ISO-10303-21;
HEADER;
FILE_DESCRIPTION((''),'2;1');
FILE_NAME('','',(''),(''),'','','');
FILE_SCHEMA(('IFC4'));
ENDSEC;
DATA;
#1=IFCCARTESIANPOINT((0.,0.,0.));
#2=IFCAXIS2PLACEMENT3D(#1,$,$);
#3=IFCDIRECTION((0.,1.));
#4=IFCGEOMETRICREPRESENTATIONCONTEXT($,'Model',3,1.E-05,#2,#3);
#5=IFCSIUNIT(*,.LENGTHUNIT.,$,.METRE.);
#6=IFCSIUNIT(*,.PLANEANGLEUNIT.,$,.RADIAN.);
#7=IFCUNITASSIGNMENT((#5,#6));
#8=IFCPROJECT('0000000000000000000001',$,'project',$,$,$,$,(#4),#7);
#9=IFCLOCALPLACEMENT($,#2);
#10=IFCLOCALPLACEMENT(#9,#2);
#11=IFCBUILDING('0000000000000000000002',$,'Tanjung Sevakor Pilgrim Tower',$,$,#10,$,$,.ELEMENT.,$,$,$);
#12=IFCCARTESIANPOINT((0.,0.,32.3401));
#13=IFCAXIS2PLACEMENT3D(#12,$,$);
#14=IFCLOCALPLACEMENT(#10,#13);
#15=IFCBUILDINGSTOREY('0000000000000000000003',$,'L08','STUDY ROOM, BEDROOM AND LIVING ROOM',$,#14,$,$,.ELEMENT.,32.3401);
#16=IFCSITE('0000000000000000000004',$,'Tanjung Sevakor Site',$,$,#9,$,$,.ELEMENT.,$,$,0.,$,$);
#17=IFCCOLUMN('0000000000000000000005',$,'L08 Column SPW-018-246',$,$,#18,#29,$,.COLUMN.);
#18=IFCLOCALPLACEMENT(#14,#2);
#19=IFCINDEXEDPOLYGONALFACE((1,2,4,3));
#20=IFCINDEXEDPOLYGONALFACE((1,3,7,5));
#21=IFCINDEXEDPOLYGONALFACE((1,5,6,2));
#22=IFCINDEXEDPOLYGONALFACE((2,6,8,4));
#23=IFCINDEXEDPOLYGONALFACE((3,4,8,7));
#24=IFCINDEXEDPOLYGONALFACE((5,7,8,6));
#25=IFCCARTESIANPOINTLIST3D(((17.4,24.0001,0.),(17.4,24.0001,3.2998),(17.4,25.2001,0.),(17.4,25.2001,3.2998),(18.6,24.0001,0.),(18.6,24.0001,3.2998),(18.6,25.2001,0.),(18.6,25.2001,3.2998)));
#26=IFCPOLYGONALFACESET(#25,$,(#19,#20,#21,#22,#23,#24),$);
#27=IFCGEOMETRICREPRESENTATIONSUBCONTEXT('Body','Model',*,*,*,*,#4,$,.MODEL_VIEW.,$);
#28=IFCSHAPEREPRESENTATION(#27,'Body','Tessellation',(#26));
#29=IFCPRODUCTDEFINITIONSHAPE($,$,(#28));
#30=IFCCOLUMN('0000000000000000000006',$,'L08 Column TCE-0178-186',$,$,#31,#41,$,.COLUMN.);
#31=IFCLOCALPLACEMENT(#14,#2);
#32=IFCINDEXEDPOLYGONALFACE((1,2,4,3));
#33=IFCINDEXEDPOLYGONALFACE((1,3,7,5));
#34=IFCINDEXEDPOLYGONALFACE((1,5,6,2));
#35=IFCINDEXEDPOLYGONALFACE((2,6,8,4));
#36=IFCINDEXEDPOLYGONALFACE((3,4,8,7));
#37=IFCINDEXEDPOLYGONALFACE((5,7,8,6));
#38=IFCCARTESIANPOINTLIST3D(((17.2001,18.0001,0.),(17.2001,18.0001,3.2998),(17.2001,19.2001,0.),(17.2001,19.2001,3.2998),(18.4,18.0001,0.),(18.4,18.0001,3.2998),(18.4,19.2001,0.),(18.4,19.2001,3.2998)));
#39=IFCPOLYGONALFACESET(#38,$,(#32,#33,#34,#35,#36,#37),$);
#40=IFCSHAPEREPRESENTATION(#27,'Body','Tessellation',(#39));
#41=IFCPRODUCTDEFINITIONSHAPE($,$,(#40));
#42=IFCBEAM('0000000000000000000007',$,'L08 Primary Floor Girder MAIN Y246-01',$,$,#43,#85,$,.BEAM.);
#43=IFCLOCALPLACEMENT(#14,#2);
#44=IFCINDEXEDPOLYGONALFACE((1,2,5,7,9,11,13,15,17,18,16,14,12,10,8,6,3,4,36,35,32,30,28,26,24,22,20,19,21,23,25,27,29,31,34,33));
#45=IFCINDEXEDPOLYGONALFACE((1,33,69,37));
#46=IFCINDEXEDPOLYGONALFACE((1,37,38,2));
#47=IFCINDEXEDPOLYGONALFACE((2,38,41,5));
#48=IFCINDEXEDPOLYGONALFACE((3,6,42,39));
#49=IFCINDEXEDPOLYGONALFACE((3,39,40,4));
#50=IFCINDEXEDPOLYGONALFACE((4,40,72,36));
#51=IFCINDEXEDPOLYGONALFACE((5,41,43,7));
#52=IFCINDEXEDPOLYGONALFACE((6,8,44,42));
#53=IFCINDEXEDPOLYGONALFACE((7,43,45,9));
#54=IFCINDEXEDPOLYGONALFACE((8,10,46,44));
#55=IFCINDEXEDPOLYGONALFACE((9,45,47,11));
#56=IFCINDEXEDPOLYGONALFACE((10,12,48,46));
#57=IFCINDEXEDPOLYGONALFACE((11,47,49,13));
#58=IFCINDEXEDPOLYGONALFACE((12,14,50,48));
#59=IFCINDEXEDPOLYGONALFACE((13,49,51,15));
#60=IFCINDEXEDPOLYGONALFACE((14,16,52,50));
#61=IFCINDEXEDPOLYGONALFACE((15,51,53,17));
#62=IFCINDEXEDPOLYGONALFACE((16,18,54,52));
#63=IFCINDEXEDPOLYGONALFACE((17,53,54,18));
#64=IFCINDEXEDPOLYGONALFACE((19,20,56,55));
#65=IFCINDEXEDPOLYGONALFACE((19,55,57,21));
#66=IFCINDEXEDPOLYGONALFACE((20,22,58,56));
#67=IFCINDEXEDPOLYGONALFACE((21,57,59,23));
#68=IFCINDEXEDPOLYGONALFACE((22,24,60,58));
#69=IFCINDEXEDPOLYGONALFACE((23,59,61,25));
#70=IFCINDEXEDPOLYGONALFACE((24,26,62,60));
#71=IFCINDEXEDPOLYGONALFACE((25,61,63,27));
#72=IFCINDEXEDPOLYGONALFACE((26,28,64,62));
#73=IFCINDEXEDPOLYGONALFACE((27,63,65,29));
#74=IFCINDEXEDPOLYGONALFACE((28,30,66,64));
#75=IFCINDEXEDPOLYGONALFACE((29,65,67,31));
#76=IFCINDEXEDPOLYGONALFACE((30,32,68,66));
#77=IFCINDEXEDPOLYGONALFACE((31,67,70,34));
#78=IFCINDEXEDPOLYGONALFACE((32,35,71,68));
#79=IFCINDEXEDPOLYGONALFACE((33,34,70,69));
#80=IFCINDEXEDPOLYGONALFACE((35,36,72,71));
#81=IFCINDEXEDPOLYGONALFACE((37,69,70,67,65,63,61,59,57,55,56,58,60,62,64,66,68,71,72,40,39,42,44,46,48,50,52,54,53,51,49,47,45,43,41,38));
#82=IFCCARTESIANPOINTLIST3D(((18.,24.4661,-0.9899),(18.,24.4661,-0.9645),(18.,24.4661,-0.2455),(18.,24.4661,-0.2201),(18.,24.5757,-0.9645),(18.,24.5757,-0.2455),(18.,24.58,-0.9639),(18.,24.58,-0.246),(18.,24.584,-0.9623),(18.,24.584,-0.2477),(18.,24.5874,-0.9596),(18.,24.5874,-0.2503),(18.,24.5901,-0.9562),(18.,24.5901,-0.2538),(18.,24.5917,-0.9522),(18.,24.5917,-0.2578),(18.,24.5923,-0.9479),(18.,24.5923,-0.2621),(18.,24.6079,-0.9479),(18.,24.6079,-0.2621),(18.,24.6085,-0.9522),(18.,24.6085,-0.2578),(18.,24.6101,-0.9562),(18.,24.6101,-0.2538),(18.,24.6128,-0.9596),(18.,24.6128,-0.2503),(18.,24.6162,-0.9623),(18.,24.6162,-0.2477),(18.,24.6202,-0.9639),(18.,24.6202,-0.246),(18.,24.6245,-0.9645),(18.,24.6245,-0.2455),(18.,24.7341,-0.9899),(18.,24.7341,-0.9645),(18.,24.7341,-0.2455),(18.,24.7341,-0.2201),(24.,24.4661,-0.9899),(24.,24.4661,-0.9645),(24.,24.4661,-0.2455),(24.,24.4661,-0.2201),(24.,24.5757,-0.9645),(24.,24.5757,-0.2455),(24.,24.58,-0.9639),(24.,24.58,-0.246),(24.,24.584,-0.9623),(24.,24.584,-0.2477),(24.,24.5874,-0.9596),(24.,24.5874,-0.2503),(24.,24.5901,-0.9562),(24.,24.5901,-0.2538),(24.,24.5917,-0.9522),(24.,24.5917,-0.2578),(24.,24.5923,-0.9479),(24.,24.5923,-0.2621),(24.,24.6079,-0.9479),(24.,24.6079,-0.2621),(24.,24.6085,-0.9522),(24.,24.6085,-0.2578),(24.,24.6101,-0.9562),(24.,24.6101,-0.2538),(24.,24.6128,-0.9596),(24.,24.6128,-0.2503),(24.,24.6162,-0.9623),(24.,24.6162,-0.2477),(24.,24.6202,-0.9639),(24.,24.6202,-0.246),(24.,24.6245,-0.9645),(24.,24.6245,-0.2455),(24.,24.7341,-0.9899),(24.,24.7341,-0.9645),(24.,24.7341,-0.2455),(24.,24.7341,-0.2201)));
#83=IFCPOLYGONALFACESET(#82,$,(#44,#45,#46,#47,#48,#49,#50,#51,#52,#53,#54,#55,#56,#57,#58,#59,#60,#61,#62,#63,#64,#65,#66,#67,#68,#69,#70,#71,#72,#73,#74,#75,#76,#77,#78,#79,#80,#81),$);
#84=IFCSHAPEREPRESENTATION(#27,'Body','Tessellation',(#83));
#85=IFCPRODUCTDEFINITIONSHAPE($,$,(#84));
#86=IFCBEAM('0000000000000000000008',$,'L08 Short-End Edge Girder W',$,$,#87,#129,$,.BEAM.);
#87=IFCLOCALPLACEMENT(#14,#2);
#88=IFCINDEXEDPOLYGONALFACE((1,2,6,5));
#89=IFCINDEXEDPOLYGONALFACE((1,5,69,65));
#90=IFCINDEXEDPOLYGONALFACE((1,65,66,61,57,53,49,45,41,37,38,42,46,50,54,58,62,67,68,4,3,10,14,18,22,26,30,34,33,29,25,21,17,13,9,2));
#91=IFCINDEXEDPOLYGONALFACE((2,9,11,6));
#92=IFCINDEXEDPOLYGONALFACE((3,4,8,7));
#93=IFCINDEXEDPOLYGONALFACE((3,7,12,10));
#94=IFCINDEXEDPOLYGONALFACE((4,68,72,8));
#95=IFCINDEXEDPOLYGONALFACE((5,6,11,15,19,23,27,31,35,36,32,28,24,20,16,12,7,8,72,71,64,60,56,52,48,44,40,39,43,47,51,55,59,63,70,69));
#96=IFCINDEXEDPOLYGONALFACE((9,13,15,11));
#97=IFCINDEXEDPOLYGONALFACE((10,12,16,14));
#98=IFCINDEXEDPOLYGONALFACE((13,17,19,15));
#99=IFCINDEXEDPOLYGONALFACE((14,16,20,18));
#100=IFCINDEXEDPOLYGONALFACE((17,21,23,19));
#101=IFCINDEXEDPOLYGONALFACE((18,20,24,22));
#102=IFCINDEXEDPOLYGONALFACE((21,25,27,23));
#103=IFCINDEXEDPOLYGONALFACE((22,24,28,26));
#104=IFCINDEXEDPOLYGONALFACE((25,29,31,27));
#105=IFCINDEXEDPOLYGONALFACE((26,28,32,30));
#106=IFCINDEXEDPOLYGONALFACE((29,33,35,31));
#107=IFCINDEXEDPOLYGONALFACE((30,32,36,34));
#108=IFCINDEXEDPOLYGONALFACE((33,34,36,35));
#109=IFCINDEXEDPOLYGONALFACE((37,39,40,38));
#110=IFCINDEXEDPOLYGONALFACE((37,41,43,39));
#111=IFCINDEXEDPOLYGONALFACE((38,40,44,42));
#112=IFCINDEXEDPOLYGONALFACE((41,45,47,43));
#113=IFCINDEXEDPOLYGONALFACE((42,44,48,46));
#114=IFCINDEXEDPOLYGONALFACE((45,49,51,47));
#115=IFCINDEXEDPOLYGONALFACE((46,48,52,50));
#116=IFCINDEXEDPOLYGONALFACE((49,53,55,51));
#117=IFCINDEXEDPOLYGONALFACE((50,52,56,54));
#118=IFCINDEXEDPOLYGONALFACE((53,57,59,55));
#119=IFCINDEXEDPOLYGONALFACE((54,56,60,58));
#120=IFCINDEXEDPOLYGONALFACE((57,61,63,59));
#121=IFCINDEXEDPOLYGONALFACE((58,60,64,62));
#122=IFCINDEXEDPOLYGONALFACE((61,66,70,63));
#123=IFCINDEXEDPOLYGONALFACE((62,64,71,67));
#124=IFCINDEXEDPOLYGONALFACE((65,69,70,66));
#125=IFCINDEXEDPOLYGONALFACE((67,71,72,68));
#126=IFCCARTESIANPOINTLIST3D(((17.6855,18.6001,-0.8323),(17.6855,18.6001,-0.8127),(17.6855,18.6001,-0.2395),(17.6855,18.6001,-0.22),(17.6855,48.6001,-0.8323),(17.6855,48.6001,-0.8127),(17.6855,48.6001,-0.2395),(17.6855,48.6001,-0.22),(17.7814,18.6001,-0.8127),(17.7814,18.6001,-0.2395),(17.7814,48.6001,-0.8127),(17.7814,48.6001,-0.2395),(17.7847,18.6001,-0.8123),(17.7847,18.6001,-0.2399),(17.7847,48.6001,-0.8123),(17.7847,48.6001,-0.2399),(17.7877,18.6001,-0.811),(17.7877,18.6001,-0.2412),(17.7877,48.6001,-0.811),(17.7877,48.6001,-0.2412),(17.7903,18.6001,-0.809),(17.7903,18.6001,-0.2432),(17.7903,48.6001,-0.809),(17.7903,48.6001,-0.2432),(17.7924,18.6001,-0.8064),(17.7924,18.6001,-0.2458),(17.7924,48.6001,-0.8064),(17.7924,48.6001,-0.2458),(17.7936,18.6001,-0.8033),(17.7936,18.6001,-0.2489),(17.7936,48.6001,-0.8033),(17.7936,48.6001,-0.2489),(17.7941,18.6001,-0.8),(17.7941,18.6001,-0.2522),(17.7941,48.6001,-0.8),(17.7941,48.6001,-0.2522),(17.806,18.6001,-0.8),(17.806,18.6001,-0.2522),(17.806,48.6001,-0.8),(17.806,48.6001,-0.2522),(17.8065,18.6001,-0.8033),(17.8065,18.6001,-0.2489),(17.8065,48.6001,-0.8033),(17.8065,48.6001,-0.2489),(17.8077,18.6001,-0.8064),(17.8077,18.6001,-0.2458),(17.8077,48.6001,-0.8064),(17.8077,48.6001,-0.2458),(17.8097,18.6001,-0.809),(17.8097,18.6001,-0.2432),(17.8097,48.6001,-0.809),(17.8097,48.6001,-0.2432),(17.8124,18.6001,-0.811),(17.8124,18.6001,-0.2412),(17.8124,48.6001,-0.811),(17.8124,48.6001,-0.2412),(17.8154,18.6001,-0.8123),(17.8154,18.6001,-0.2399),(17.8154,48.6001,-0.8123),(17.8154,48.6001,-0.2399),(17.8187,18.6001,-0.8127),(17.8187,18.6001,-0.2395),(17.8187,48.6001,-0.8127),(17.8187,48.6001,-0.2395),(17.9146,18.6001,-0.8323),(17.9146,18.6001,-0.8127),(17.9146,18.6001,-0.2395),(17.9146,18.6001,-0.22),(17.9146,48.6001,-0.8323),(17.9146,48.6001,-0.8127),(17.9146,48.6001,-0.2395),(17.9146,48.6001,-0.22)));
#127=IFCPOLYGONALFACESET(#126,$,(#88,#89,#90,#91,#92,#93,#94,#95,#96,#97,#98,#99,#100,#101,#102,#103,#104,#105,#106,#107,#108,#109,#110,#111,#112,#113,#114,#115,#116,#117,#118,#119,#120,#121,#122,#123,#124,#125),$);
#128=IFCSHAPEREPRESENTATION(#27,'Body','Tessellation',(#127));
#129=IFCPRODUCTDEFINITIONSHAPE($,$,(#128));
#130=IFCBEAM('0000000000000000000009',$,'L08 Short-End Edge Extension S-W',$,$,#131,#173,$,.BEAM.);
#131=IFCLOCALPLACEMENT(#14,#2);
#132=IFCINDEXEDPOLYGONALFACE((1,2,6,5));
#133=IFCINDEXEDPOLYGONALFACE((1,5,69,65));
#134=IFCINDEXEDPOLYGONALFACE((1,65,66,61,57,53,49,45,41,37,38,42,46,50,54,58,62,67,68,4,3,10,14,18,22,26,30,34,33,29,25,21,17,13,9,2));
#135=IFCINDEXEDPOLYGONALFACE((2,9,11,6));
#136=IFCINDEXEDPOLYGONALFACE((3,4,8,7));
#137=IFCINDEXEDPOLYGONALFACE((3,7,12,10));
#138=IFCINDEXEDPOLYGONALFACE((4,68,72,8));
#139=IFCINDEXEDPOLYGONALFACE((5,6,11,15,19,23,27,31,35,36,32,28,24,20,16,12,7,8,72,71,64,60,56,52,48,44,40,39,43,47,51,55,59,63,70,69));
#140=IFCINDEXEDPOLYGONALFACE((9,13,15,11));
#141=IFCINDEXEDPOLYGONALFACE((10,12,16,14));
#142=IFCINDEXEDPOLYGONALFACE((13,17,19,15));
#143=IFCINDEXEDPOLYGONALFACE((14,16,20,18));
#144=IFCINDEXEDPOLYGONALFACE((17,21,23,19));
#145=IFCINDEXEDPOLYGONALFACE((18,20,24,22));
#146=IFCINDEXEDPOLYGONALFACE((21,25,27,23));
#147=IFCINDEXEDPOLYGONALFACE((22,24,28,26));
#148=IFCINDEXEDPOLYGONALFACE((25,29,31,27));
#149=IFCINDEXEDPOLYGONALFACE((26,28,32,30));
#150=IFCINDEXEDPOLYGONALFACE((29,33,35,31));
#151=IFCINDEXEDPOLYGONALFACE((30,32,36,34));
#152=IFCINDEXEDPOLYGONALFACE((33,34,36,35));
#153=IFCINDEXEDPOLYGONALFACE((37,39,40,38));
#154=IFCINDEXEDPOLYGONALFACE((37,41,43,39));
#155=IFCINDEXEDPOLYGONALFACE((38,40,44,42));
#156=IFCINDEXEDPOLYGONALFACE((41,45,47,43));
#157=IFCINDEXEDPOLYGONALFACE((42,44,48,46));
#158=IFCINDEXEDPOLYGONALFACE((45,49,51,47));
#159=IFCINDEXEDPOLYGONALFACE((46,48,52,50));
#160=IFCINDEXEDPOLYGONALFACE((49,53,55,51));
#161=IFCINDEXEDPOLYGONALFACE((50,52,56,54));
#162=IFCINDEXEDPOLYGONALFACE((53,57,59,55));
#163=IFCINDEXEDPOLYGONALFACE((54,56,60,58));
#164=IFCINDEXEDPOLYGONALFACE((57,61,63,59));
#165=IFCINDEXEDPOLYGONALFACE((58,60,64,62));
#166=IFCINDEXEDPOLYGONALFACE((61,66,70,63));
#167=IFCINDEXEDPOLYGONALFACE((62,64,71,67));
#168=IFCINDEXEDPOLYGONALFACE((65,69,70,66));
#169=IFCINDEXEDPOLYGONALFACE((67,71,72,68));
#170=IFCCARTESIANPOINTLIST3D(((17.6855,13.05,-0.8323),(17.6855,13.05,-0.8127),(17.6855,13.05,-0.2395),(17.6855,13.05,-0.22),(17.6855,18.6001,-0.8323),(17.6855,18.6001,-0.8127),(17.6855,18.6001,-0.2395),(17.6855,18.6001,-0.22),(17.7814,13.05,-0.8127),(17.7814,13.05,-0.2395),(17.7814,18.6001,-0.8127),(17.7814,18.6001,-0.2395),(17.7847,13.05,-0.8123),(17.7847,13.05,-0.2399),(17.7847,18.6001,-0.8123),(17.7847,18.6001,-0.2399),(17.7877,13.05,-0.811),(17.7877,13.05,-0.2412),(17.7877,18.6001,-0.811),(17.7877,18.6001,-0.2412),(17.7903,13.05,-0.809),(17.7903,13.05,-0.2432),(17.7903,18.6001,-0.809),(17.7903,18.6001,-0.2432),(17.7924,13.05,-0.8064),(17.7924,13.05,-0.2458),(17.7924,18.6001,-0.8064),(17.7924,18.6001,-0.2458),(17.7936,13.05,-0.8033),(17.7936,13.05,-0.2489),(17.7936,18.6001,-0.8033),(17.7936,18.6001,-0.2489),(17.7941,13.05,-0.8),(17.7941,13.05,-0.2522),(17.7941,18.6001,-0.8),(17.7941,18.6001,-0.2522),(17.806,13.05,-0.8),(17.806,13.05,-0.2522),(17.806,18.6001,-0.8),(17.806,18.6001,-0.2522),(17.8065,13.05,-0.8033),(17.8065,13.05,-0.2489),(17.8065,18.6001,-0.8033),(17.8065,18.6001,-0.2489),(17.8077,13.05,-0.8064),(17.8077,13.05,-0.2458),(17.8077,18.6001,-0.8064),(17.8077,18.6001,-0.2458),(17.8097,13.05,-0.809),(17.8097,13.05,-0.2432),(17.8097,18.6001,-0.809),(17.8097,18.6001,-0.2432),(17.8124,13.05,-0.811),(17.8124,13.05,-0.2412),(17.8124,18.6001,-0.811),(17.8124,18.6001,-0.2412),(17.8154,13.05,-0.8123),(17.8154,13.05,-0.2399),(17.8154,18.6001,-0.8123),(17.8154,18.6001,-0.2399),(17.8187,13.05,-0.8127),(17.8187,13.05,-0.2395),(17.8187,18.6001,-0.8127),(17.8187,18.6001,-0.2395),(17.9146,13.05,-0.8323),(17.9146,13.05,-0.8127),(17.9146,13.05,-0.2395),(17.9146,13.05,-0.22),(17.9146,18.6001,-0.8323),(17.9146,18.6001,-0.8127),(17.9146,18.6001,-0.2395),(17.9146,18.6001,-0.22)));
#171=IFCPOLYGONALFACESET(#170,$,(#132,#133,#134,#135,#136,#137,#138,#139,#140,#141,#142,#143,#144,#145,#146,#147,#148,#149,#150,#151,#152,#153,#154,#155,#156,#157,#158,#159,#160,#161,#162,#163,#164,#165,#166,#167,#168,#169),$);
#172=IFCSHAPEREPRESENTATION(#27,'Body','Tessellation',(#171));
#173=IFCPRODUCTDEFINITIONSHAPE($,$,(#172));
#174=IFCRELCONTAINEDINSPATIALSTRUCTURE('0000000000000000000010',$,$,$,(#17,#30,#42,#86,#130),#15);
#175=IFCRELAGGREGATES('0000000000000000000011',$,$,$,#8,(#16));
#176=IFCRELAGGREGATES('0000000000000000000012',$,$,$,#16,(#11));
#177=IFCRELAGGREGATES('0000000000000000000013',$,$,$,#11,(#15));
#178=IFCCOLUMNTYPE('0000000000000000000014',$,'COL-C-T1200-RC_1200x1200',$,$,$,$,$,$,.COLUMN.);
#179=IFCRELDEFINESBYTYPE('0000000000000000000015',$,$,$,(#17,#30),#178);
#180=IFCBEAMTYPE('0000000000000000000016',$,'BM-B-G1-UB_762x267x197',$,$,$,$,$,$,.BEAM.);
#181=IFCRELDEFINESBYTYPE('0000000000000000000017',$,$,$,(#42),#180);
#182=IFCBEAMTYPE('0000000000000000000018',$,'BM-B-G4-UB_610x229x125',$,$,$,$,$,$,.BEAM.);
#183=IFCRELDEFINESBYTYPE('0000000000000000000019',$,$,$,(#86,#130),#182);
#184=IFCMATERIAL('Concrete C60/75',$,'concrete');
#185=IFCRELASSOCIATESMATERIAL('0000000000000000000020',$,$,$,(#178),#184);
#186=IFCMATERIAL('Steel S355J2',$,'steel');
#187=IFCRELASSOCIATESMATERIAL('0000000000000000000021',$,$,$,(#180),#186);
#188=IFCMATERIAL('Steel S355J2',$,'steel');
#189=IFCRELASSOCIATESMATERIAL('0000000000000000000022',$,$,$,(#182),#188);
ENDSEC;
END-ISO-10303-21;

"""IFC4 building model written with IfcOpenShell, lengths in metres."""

from ifc_helpers import new_model, si_unit, direction, frame, origin, origin_2d, place, context, subcontext, project, spatial, rectangle, i_section, extrude, material, material_profile, profile_set, type_object, element, save


model = new_model("IFC4")

# Units and contexts
model_context = context("Model", 3, precision=1e-05, world=origin(), true_north=direction((0.0, 1.0)))
body_context = subcontext(model_context, "Body", "Model", "MODEL_VIEW")
ifc_project = project(units=[si_unit("LENGTHUNIT", "METRE"), si_unit("PLANEANGLEUNIT", "RADIAN")], contexts=[model_context])

# Site, building, storey
site_placement = place(None, origin())
site = spatial("IfcSite", under=ifc_project, at=site_placement, Name="Tanjung Sevakor Site", CompositionType="ELEMENT", RefElevation=0.0)
building_placement = place(site_placement, origin())
building = spatial("IfcBuilding", under=site, at=building_placement, Name="Tanjung Sevakor Pilgrim Tower", CompositionType="ELEMENT")
storey_placement = place(building_placement, frame((0.0, 0.0, 32.3401)))
storey = spatial("IfcBuildingStorey", under=building, at=storey_placement, Name="L08", Description="STUDY ROOM, BEDROOM AND LIVING ROOM", CompositionType="ELEMENT", Elevation=32.3401)

# Columns
ifc_material_1 = material(Name="Concrete C60/75", Category="concrete")
ifc_material_profile_1 = material_profile(ifc_material_1, rectangle(XDim=1.2, YDim=1.2, at=origin_2d()))
ifc_profile_set_1 = profile_set([ifc_material_profile_1], Name="Concrete C60/75")
column_type = type_object("IfcColumnType", Name="COL-C-T1200-RC_1200x1200", PredefinedType="COLUMN", material=ifc_profile_set_1)
for number, where, z_axis, x_axis, name in (
    (1, (18.0, 24.6001, 0.0), (0.0, 0.0, 1.0), (1.0, 0.0, 0.0), "L08 Column SPW-018-246"),
    (2, (17.8, 18.6001, 0.0), (0.0, 0.0, 1.0), (1.0, 0.0, 0.0), "L08 Column TCE-0178-186"),
):
    element("IfcColumn", number, at=place(storey_placement, frame(where, z_axis=z_axis, x_axis=x_axis)), inside=storey, type_object=column_type, Name=name, PredefinedType="COLUMN", context=body_context, shape_type="SweptSolid", body=[
        extrude(rectangle(XDim=1.2, YDim=1.2, at=origin_2d()), origin(), (0.0, 0.0, 1.0), 3.2998),
    ])

# Beams
ifc_material_2 = material(Name="Steel S355J2", Category="steel")
ifc_material_profile_2 = material_profile(ifc_material_2, i_section(OverallWidth=0.2681, OverallDepth=0.7698, WebThickness=0.0156, FlangeThickness=0.0254, FilletRadius=0.0166, at=origin_2d()))
ifc_profile_set_2 = profile_set([ifc_material_profile_2], Name="Steel S355J2")
beam_type_1 = type_object("IfcBeamType", Name="BM-B-G1-UB_762x267x197", PredefinedType="BEAM", material=ifc_profile_set_2)
beam_1_placement = place(storey_placement, frame((18.0, 24.6001, -0.605), z_axis=(1.0, 0.0, 0.0), x_axis=(0.0, 1.0, 0.0)))
element("IfcBeam", 3, at=beam_1_placement, inside=storey, type_object=beam_type_1, Name="L08 Primary Floor Girder MAIN Y246-01", PredefinedType="BEAM", context=body_context, shape_type="SweptSolid", body=[
    extrude(i_section(OverallWidth=0.2681, OverallDepth=0.7698, WebThickness=0.0156, FlangeThickness=0.0254, FilletRadius=0.0166, at=origin_2d()), origin(), (0.0, 0.0, 1.0), 6.0),
])
ifc_material_3 = material(Name="Steel S355J2", Category="steel")
ifc_material_profile_3 = material_profile(ifc_material_3, i_section(OverallWidth=0.229, OverallDepth=0.6123, WebThickness=0.012, FlangeThickness=0.0195, FilletRadius=0.0127, at=origin_2d()))
ifc_profile_set_3 = profile_set([ifc_material_profile_3], Name="Steel S355J2")
beam_type_2 = type_object("IfcBeamType", Name="BM-B-G4-UB_610x229x125", PredefinedType="BEAM", material=ifc_profile_set_3)
beam_2_placement = place(storey_placement, frame((17.8, 18.6001, -0.5261), z_axis=(0.0, 1.0, 0.0), x_axis=(-1.0, 0.0, 0.0)))
element("IfcBeam", 4, at=beam_2_placement, inside=storey, type_object=beam_type_2, Name="L08 Short-End Edge Girder W", PredefinedType="BEAM", context=body_context, shape_type="SweptSolid", body=[
    extrude(i_section(OverallWidth=0.229, OverallDepth=0.6123, WebThickness=0.012, FlangeThickness=0.0195, FilletRadius=0.0127, at=origin_2d()), origin(), (0.0, 0.0, 1.0), 30.0),
])
beam_3_placement = place(storey_placement, frame((17.8, 18.6001, -0.5261), z_axis=(0.0, -1.0, 0.0), x_axis=(1.0, 0.0, 0.0)))
element("IfcBeam", 5, at=beam_3_placement, inside=storey, type_object=beam_type_2, Name="L08 Short-End Edge Extension S-W", PredefinedType="BEAM", context=body_context, shape_type="SweptSolid", body=[
    extrude(i_section(OverallWidth=0.229, OverallDepth=0.6123, WebThickness=0.012, FlangeThickness=0.0195, FilletRadius=0.0127, at=origin_2d()), origin(), (0.0, 0.0, 1.0), 5.55),
])

save(model, "model.ifc")
